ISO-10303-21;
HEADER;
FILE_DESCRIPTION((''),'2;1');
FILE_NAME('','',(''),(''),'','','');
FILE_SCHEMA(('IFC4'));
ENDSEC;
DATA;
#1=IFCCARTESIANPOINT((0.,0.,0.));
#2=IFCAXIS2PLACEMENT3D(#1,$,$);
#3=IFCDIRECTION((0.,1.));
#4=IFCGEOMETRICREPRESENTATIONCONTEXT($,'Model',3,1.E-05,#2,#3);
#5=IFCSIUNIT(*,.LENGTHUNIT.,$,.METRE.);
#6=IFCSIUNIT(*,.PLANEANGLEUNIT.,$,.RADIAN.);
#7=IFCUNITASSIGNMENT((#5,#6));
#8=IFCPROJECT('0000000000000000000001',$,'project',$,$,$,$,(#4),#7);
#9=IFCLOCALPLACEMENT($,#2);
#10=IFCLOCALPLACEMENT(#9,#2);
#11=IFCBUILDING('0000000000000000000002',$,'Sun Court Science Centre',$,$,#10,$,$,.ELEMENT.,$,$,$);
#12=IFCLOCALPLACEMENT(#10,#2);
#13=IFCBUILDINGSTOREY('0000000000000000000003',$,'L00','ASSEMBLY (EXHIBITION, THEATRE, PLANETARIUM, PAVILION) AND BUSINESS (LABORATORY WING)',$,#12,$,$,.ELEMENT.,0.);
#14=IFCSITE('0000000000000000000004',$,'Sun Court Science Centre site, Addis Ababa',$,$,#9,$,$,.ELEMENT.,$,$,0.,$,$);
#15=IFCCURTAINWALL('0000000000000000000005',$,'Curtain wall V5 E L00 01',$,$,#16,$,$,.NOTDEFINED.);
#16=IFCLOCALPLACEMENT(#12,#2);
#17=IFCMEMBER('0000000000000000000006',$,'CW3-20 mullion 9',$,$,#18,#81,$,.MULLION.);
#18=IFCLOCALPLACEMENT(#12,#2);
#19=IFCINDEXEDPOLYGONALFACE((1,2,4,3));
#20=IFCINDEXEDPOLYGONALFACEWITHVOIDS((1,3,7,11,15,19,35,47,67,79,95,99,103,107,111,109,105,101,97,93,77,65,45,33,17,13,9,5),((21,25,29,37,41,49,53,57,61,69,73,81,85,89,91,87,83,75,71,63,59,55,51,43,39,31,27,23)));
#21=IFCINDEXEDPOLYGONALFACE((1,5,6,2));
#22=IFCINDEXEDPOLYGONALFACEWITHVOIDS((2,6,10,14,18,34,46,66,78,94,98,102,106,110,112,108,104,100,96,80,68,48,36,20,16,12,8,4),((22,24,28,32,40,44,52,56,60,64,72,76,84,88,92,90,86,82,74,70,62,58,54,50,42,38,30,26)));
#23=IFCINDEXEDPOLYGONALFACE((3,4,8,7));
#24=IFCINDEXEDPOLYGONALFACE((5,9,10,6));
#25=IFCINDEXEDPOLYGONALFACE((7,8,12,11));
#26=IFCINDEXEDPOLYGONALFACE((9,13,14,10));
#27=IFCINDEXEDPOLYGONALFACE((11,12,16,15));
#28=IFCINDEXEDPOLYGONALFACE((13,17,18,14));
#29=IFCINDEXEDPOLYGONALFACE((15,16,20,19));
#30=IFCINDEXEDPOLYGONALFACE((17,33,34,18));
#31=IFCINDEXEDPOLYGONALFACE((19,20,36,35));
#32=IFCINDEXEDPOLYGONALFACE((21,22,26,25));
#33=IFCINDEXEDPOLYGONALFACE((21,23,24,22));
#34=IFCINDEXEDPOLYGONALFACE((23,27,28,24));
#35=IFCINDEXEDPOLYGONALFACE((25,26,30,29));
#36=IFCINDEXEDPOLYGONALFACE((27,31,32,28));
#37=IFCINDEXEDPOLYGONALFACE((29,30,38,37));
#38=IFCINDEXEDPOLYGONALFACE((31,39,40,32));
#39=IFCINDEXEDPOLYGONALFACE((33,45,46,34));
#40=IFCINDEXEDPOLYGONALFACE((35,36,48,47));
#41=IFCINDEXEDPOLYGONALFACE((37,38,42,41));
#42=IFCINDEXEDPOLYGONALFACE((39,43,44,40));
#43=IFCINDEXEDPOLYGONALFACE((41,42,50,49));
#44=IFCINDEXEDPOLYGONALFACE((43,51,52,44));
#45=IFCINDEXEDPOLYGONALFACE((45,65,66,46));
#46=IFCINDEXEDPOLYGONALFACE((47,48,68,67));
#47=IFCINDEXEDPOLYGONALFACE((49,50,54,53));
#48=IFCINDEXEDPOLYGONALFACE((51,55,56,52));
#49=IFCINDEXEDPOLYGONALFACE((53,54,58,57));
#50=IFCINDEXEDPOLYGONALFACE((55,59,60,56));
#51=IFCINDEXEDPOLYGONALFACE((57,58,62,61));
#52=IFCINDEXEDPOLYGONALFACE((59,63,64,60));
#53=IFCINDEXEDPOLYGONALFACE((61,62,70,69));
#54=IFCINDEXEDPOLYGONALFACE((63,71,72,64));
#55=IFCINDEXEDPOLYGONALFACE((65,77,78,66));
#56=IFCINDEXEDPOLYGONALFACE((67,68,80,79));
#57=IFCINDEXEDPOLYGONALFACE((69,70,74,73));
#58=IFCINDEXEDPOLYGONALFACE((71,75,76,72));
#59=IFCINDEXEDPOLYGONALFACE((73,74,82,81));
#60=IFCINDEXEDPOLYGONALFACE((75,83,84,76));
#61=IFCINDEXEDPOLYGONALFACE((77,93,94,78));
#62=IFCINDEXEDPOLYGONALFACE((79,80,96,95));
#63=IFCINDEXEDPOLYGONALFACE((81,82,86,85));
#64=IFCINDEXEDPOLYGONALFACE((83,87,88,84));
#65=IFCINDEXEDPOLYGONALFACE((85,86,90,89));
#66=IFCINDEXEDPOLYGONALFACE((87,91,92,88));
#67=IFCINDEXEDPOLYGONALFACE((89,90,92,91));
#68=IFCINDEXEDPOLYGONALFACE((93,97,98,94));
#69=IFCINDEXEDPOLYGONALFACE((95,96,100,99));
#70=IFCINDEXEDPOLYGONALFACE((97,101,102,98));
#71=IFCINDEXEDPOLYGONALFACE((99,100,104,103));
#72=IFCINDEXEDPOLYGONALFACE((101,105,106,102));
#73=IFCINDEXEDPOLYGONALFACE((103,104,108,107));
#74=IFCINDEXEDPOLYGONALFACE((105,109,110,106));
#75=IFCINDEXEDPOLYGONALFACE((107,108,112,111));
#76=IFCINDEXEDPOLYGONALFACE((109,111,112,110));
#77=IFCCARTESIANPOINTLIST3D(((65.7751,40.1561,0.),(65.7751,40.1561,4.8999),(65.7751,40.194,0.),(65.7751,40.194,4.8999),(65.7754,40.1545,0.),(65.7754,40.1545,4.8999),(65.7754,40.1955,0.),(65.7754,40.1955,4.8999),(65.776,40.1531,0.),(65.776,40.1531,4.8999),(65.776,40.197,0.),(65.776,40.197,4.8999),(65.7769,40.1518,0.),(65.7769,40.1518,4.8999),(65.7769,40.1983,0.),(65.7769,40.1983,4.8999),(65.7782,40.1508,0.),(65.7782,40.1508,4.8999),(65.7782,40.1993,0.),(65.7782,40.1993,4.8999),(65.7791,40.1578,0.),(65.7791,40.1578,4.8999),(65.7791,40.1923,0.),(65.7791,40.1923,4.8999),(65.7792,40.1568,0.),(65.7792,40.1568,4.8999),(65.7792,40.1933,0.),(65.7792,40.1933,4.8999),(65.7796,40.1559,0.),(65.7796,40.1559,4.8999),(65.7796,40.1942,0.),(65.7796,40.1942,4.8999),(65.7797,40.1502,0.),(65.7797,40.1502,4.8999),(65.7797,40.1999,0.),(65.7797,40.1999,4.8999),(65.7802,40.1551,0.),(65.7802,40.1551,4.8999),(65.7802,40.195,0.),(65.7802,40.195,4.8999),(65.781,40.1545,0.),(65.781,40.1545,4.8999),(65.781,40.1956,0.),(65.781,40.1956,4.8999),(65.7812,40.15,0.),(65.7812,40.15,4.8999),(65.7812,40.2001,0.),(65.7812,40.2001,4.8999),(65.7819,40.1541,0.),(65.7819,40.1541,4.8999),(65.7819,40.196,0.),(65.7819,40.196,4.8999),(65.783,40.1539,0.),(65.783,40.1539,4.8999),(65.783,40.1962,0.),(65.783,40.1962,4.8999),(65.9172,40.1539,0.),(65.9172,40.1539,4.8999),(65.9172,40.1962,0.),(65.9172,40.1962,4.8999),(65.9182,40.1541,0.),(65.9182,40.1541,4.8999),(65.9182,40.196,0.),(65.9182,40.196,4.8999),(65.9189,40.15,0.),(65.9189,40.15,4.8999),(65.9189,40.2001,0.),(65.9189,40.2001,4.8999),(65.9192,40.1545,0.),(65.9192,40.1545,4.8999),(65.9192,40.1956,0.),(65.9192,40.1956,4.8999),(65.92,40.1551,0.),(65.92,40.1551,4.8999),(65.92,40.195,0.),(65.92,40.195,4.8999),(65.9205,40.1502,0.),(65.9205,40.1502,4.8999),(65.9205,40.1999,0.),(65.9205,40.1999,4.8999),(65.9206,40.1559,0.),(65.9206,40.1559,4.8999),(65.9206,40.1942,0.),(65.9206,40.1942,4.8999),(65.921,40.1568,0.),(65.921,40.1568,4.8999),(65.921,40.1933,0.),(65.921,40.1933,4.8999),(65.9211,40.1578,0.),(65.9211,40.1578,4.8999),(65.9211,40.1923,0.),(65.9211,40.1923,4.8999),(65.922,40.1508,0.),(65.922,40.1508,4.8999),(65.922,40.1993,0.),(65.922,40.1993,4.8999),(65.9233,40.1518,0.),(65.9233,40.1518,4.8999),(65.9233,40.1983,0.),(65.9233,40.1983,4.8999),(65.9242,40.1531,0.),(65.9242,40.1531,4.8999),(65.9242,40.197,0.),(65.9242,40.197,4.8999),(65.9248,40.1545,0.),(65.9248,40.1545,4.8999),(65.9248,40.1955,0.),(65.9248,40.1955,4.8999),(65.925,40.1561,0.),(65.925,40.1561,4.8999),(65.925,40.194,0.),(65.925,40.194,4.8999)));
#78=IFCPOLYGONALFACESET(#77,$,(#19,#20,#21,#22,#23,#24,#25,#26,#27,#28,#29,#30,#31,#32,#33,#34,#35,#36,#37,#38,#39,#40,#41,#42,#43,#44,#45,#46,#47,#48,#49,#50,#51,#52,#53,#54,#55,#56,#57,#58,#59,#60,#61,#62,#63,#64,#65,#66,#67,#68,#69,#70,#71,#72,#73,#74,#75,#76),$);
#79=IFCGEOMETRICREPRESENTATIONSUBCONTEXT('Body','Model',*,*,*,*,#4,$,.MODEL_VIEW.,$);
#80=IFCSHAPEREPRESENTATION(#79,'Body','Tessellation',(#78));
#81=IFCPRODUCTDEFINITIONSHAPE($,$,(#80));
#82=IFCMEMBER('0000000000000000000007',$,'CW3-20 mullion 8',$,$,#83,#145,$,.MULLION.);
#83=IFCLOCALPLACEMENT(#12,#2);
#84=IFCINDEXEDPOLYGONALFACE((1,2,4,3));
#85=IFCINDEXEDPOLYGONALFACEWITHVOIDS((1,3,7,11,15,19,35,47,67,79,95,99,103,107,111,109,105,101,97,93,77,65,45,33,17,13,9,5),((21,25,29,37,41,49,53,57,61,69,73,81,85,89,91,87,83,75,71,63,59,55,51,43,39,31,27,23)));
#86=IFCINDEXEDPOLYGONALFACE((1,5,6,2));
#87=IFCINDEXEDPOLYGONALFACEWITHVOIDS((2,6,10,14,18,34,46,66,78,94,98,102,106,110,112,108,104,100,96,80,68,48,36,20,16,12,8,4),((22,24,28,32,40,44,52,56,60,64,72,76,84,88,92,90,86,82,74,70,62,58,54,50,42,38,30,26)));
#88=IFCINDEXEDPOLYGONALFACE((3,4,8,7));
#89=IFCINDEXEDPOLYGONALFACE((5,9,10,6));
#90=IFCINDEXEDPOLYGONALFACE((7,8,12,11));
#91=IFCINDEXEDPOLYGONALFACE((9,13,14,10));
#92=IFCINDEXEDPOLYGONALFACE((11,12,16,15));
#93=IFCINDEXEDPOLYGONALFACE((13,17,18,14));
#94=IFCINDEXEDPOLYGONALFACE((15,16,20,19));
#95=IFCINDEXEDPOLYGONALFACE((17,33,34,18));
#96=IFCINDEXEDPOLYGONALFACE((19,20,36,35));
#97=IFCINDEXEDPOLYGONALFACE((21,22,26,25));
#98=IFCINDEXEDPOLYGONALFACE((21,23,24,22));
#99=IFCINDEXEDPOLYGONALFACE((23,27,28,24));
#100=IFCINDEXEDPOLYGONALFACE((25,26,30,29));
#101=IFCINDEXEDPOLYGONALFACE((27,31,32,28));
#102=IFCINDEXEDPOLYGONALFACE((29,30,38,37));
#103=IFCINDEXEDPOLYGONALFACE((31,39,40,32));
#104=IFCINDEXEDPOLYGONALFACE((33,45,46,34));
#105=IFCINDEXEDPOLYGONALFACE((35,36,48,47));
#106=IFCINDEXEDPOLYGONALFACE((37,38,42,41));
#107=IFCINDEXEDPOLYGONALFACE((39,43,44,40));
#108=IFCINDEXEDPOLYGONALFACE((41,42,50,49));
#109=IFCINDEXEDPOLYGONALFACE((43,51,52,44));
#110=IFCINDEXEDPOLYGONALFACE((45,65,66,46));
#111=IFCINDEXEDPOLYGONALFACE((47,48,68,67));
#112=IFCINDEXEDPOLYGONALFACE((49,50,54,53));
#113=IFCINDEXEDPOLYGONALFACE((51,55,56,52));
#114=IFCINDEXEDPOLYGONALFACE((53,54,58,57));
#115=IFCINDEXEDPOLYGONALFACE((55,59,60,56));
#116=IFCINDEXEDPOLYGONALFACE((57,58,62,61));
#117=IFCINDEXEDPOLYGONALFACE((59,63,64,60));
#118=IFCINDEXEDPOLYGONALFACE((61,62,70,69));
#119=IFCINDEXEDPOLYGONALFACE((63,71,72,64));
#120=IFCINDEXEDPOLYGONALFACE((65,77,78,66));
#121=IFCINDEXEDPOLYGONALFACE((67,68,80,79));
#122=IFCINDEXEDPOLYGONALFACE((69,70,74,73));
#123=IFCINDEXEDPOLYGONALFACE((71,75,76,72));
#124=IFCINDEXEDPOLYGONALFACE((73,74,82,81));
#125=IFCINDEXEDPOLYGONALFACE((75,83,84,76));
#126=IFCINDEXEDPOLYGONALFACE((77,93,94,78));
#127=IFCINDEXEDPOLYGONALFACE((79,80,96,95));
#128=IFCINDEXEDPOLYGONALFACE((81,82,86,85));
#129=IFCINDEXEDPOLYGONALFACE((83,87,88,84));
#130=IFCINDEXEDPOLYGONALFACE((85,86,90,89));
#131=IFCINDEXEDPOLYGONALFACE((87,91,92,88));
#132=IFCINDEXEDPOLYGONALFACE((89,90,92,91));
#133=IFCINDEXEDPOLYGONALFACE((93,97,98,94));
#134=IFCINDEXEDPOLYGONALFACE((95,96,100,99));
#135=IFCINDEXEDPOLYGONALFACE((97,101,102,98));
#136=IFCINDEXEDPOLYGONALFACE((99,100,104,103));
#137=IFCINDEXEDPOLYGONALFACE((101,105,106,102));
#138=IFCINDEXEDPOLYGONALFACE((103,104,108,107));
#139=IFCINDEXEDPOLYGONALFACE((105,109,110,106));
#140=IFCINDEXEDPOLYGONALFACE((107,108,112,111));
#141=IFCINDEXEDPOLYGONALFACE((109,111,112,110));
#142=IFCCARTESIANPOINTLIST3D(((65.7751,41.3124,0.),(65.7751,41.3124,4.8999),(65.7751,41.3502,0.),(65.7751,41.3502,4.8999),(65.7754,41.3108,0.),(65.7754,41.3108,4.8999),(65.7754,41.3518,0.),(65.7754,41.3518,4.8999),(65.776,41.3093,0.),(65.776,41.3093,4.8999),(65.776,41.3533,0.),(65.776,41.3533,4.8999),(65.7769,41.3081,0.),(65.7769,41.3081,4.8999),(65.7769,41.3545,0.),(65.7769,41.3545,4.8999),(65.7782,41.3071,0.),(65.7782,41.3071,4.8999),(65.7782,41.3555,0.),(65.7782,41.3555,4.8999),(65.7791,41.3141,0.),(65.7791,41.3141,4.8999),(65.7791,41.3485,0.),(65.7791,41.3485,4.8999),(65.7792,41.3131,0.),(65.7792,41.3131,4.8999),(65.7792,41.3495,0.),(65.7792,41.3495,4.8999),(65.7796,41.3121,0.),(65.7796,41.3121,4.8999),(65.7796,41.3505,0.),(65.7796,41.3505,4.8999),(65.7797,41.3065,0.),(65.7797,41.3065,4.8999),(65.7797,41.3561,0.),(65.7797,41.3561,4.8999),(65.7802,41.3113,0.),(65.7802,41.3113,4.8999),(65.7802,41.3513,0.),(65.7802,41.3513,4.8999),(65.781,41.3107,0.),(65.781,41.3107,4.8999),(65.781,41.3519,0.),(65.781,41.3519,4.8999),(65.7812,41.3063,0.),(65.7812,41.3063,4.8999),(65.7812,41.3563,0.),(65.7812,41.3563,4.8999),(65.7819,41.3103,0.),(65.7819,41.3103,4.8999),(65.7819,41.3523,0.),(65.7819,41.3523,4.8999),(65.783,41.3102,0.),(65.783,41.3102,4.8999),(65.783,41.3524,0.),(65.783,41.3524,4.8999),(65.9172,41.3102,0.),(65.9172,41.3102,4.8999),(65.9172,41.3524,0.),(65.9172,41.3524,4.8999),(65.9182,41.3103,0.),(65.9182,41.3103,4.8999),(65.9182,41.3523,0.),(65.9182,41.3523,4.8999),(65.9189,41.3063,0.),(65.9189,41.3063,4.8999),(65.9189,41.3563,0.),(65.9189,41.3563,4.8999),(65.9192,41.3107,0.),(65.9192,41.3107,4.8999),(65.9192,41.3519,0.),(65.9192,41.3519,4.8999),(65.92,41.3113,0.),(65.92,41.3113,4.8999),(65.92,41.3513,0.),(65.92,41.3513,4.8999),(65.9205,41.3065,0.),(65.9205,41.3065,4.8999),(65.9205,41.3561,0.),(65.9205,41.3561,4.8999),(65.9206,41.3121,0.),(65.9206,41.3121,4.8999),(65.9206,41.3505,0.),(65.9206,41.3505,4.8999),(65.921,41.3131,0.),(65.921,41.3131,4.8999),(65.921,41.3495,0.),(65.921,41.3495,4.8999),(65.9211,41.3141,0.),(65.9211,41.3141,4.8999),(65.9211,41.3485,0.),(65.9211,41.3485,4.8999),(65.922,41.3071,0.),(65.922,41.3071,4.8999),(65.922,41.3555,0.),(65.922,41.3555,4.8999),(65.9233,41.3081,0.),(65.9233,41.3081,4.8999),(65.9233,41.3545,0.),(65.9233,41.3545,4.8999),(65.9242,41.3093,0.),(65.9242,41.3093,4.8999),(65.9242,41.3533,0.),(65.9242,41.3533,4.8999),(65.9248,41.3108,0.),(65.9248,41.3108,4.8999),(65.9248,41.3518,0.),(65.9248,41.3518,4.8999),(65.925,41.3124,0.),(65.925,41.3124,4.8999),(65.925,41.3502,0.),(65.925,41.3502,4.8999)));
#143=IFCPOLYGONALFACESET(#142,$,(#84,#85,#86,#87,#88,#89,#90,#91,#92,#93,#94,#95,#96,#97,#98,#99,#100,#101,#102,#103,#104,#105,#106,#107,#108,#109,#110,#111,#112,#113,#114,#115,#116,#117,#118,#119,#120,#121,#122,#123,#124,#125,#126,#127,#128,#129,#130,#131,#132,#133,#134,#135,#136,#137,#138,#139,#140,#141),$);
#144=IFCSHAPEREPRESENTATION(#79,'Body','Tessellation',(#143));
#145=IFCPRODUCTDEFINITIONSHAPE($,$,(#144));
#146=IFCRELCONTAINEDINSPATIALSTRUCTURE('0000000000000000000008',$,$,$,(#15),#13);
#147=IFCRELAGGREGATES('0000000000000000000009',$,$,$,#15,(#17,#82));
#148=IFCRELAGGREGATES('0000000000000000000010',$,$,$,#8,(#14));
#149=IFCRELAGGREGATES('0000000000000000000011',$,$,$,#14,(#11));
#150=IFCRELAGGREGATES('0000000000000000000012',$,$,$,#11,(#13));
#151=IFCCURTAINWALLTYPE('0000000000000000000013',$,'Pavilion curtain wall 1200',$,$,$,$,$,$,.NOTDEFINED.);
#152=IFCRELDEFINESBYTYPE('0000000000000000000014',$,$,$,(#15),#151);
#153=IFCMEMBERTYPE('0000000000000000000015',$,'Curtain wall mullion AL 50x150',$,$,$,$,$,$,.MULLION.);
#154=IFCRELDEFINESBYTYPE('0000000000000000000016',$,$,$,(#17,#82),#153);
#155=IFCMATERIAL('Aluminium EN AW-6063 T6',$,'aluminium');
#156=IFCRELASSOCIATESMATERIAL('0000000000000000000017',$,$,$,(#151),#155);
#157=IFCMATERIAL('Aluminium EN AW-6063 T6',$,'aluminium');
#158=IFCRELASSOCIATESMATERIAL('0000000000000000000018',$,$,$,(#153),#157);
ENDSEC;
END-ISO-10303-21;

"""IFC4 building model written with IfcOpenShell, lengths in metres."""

from ifc_helpers import new_model, si_unit, direction, frame, origin, origin_2d, place, context, subcontext, project, spatial, hollow_rectangle, extrude, material, material_profile, profile_set, type_object, element, aggregate, save


model = new_model("IFC4")

# Units and contexts
model_context = context("Model", 3, precision=1e-05, world=origin(), true_north=direction((0.0, 1.0)))
body_context = subcontext(model_context, "Body", "Model", "MODEL_VIEW")
ifc_project = project(units=[si_unit("LENGTHUNIT", "METRE"), si_unit("PLANEANGLEUNIT", "RADIAN")], contexts=[model_context])

# Site, building, storey
site_placement = place(None, origin())
site = spatial("IfcSite", under=ifc_project, at=site_placement, Name="Sun Court Science Centre site, Addis Ababa", CompositionType="ELEMENT", RefElevation=0.0)
building_placement = place(site_placement, origin())
building = spatial("IfcBuilding", under=site, at=building_placement, Name="Sun Court Science Centre", CompositionType="ELEMENT")
storey_placement = place(building_placement, origin())
storey = spatial("IfcBuildingStorey", under=building, at=storey_placement, Name="L00", Description="ASSEMBLY (EXHIBITION, THEATRE, PLANETARIUM, PAVILION) AND BUSINESS (LABORATORY WING)", CompositionType="ELEMENT", Elevation=0.0)

# Curtain wall, members
ifc_material_1 = material(Name="Aluminium EN AW-6063 T6", Category="aluminium")
curtain_wall_type = type_object("IfcCurtainWallType", Name="Pavilion curtain wall 1200", PredefinedType="NOTDEFINED", material=ifc_material_1)
curtain_wall_placement = place(storey_placement, origin())
curtain_wall = element("IfcCurtainWall", 1, at=curtain_wall_placement, inside=storey, type_object=curtain_wall_type, Name="Curtain wall V5 E L00 01", PredefinedType="NOTDEFINED")
ifc_material_2 = material(Name="Aluminium EN AW-6063 T6", Category="aluminium")
ifc_material_profile_1 = material_profile(ifc_material_2, hollow_rectangle(XDim=0.05, YDim=0.1499, WallThickness=0.0039, InnerFilletRadius=0.0039, OuterFilletRadius=0.0061, at=origin_2d()), Name="AL 50x150x4")
ifc_profile_set_1 = profile_set([ifc_material_profile_1], Name="Aluminium EN AW-6063 T6")
member_type_1 = type_object("IfcMemberType", Name="Curtain wall mullion AL 50x150", PredefinedType="MULLION", material=ifc_profile_set_1)
member_1_placement = place(storey_placement, frame((65.8501, 40.175, 0.0), z_axis=(0.0, 0.0, 1.0), x_axis=(0.0, -1.0, 0.0)))
member_1 = element("IfcMember", 2, at=member_1_placement, type_object=member_type_1, Name="CW3-20 mullion 9", PredefinedType="MULLION", context=body_context, shape_type="SweptSolid", body=[
    extrude(hollow_rectangle(XDim=0.05, YDim=0.1499, WallThickness=0.0039, InnerFilletRadius=0.0039, OuterFilletRadius=0.0061, at=origin_2d()), origin(), (0.0, 0.0, 1.0), 4.8999),
])
member_2_placement = place(storey_placement, frame((65.8501, 41.3313, 0.0), z_axis=(0.0, 0.0, 1.0), x_axis=(0.0, -1.0, 0.0)))
member_2 = element("IfcMember", 3, at=member_2_placement, type_object=member_type_1, Name="CW3-20 mullion 8", PredefinedType="MULLION", context=body_context, shape_type="SweptSolid", body=[
    extrude(hollow_rectangle(XDim=0.05, YDim=0.1499, WallThickness=0.0039, InnerFilletRadius=0.0039, OuterFilletRadius=0.0061, at=origin_2d()), origin(), (0.0, 0.0, 1.0), 4.8999),
])
aggregate(curtain_wall, [member_1, member_2])

save(model, "model.ifc")
